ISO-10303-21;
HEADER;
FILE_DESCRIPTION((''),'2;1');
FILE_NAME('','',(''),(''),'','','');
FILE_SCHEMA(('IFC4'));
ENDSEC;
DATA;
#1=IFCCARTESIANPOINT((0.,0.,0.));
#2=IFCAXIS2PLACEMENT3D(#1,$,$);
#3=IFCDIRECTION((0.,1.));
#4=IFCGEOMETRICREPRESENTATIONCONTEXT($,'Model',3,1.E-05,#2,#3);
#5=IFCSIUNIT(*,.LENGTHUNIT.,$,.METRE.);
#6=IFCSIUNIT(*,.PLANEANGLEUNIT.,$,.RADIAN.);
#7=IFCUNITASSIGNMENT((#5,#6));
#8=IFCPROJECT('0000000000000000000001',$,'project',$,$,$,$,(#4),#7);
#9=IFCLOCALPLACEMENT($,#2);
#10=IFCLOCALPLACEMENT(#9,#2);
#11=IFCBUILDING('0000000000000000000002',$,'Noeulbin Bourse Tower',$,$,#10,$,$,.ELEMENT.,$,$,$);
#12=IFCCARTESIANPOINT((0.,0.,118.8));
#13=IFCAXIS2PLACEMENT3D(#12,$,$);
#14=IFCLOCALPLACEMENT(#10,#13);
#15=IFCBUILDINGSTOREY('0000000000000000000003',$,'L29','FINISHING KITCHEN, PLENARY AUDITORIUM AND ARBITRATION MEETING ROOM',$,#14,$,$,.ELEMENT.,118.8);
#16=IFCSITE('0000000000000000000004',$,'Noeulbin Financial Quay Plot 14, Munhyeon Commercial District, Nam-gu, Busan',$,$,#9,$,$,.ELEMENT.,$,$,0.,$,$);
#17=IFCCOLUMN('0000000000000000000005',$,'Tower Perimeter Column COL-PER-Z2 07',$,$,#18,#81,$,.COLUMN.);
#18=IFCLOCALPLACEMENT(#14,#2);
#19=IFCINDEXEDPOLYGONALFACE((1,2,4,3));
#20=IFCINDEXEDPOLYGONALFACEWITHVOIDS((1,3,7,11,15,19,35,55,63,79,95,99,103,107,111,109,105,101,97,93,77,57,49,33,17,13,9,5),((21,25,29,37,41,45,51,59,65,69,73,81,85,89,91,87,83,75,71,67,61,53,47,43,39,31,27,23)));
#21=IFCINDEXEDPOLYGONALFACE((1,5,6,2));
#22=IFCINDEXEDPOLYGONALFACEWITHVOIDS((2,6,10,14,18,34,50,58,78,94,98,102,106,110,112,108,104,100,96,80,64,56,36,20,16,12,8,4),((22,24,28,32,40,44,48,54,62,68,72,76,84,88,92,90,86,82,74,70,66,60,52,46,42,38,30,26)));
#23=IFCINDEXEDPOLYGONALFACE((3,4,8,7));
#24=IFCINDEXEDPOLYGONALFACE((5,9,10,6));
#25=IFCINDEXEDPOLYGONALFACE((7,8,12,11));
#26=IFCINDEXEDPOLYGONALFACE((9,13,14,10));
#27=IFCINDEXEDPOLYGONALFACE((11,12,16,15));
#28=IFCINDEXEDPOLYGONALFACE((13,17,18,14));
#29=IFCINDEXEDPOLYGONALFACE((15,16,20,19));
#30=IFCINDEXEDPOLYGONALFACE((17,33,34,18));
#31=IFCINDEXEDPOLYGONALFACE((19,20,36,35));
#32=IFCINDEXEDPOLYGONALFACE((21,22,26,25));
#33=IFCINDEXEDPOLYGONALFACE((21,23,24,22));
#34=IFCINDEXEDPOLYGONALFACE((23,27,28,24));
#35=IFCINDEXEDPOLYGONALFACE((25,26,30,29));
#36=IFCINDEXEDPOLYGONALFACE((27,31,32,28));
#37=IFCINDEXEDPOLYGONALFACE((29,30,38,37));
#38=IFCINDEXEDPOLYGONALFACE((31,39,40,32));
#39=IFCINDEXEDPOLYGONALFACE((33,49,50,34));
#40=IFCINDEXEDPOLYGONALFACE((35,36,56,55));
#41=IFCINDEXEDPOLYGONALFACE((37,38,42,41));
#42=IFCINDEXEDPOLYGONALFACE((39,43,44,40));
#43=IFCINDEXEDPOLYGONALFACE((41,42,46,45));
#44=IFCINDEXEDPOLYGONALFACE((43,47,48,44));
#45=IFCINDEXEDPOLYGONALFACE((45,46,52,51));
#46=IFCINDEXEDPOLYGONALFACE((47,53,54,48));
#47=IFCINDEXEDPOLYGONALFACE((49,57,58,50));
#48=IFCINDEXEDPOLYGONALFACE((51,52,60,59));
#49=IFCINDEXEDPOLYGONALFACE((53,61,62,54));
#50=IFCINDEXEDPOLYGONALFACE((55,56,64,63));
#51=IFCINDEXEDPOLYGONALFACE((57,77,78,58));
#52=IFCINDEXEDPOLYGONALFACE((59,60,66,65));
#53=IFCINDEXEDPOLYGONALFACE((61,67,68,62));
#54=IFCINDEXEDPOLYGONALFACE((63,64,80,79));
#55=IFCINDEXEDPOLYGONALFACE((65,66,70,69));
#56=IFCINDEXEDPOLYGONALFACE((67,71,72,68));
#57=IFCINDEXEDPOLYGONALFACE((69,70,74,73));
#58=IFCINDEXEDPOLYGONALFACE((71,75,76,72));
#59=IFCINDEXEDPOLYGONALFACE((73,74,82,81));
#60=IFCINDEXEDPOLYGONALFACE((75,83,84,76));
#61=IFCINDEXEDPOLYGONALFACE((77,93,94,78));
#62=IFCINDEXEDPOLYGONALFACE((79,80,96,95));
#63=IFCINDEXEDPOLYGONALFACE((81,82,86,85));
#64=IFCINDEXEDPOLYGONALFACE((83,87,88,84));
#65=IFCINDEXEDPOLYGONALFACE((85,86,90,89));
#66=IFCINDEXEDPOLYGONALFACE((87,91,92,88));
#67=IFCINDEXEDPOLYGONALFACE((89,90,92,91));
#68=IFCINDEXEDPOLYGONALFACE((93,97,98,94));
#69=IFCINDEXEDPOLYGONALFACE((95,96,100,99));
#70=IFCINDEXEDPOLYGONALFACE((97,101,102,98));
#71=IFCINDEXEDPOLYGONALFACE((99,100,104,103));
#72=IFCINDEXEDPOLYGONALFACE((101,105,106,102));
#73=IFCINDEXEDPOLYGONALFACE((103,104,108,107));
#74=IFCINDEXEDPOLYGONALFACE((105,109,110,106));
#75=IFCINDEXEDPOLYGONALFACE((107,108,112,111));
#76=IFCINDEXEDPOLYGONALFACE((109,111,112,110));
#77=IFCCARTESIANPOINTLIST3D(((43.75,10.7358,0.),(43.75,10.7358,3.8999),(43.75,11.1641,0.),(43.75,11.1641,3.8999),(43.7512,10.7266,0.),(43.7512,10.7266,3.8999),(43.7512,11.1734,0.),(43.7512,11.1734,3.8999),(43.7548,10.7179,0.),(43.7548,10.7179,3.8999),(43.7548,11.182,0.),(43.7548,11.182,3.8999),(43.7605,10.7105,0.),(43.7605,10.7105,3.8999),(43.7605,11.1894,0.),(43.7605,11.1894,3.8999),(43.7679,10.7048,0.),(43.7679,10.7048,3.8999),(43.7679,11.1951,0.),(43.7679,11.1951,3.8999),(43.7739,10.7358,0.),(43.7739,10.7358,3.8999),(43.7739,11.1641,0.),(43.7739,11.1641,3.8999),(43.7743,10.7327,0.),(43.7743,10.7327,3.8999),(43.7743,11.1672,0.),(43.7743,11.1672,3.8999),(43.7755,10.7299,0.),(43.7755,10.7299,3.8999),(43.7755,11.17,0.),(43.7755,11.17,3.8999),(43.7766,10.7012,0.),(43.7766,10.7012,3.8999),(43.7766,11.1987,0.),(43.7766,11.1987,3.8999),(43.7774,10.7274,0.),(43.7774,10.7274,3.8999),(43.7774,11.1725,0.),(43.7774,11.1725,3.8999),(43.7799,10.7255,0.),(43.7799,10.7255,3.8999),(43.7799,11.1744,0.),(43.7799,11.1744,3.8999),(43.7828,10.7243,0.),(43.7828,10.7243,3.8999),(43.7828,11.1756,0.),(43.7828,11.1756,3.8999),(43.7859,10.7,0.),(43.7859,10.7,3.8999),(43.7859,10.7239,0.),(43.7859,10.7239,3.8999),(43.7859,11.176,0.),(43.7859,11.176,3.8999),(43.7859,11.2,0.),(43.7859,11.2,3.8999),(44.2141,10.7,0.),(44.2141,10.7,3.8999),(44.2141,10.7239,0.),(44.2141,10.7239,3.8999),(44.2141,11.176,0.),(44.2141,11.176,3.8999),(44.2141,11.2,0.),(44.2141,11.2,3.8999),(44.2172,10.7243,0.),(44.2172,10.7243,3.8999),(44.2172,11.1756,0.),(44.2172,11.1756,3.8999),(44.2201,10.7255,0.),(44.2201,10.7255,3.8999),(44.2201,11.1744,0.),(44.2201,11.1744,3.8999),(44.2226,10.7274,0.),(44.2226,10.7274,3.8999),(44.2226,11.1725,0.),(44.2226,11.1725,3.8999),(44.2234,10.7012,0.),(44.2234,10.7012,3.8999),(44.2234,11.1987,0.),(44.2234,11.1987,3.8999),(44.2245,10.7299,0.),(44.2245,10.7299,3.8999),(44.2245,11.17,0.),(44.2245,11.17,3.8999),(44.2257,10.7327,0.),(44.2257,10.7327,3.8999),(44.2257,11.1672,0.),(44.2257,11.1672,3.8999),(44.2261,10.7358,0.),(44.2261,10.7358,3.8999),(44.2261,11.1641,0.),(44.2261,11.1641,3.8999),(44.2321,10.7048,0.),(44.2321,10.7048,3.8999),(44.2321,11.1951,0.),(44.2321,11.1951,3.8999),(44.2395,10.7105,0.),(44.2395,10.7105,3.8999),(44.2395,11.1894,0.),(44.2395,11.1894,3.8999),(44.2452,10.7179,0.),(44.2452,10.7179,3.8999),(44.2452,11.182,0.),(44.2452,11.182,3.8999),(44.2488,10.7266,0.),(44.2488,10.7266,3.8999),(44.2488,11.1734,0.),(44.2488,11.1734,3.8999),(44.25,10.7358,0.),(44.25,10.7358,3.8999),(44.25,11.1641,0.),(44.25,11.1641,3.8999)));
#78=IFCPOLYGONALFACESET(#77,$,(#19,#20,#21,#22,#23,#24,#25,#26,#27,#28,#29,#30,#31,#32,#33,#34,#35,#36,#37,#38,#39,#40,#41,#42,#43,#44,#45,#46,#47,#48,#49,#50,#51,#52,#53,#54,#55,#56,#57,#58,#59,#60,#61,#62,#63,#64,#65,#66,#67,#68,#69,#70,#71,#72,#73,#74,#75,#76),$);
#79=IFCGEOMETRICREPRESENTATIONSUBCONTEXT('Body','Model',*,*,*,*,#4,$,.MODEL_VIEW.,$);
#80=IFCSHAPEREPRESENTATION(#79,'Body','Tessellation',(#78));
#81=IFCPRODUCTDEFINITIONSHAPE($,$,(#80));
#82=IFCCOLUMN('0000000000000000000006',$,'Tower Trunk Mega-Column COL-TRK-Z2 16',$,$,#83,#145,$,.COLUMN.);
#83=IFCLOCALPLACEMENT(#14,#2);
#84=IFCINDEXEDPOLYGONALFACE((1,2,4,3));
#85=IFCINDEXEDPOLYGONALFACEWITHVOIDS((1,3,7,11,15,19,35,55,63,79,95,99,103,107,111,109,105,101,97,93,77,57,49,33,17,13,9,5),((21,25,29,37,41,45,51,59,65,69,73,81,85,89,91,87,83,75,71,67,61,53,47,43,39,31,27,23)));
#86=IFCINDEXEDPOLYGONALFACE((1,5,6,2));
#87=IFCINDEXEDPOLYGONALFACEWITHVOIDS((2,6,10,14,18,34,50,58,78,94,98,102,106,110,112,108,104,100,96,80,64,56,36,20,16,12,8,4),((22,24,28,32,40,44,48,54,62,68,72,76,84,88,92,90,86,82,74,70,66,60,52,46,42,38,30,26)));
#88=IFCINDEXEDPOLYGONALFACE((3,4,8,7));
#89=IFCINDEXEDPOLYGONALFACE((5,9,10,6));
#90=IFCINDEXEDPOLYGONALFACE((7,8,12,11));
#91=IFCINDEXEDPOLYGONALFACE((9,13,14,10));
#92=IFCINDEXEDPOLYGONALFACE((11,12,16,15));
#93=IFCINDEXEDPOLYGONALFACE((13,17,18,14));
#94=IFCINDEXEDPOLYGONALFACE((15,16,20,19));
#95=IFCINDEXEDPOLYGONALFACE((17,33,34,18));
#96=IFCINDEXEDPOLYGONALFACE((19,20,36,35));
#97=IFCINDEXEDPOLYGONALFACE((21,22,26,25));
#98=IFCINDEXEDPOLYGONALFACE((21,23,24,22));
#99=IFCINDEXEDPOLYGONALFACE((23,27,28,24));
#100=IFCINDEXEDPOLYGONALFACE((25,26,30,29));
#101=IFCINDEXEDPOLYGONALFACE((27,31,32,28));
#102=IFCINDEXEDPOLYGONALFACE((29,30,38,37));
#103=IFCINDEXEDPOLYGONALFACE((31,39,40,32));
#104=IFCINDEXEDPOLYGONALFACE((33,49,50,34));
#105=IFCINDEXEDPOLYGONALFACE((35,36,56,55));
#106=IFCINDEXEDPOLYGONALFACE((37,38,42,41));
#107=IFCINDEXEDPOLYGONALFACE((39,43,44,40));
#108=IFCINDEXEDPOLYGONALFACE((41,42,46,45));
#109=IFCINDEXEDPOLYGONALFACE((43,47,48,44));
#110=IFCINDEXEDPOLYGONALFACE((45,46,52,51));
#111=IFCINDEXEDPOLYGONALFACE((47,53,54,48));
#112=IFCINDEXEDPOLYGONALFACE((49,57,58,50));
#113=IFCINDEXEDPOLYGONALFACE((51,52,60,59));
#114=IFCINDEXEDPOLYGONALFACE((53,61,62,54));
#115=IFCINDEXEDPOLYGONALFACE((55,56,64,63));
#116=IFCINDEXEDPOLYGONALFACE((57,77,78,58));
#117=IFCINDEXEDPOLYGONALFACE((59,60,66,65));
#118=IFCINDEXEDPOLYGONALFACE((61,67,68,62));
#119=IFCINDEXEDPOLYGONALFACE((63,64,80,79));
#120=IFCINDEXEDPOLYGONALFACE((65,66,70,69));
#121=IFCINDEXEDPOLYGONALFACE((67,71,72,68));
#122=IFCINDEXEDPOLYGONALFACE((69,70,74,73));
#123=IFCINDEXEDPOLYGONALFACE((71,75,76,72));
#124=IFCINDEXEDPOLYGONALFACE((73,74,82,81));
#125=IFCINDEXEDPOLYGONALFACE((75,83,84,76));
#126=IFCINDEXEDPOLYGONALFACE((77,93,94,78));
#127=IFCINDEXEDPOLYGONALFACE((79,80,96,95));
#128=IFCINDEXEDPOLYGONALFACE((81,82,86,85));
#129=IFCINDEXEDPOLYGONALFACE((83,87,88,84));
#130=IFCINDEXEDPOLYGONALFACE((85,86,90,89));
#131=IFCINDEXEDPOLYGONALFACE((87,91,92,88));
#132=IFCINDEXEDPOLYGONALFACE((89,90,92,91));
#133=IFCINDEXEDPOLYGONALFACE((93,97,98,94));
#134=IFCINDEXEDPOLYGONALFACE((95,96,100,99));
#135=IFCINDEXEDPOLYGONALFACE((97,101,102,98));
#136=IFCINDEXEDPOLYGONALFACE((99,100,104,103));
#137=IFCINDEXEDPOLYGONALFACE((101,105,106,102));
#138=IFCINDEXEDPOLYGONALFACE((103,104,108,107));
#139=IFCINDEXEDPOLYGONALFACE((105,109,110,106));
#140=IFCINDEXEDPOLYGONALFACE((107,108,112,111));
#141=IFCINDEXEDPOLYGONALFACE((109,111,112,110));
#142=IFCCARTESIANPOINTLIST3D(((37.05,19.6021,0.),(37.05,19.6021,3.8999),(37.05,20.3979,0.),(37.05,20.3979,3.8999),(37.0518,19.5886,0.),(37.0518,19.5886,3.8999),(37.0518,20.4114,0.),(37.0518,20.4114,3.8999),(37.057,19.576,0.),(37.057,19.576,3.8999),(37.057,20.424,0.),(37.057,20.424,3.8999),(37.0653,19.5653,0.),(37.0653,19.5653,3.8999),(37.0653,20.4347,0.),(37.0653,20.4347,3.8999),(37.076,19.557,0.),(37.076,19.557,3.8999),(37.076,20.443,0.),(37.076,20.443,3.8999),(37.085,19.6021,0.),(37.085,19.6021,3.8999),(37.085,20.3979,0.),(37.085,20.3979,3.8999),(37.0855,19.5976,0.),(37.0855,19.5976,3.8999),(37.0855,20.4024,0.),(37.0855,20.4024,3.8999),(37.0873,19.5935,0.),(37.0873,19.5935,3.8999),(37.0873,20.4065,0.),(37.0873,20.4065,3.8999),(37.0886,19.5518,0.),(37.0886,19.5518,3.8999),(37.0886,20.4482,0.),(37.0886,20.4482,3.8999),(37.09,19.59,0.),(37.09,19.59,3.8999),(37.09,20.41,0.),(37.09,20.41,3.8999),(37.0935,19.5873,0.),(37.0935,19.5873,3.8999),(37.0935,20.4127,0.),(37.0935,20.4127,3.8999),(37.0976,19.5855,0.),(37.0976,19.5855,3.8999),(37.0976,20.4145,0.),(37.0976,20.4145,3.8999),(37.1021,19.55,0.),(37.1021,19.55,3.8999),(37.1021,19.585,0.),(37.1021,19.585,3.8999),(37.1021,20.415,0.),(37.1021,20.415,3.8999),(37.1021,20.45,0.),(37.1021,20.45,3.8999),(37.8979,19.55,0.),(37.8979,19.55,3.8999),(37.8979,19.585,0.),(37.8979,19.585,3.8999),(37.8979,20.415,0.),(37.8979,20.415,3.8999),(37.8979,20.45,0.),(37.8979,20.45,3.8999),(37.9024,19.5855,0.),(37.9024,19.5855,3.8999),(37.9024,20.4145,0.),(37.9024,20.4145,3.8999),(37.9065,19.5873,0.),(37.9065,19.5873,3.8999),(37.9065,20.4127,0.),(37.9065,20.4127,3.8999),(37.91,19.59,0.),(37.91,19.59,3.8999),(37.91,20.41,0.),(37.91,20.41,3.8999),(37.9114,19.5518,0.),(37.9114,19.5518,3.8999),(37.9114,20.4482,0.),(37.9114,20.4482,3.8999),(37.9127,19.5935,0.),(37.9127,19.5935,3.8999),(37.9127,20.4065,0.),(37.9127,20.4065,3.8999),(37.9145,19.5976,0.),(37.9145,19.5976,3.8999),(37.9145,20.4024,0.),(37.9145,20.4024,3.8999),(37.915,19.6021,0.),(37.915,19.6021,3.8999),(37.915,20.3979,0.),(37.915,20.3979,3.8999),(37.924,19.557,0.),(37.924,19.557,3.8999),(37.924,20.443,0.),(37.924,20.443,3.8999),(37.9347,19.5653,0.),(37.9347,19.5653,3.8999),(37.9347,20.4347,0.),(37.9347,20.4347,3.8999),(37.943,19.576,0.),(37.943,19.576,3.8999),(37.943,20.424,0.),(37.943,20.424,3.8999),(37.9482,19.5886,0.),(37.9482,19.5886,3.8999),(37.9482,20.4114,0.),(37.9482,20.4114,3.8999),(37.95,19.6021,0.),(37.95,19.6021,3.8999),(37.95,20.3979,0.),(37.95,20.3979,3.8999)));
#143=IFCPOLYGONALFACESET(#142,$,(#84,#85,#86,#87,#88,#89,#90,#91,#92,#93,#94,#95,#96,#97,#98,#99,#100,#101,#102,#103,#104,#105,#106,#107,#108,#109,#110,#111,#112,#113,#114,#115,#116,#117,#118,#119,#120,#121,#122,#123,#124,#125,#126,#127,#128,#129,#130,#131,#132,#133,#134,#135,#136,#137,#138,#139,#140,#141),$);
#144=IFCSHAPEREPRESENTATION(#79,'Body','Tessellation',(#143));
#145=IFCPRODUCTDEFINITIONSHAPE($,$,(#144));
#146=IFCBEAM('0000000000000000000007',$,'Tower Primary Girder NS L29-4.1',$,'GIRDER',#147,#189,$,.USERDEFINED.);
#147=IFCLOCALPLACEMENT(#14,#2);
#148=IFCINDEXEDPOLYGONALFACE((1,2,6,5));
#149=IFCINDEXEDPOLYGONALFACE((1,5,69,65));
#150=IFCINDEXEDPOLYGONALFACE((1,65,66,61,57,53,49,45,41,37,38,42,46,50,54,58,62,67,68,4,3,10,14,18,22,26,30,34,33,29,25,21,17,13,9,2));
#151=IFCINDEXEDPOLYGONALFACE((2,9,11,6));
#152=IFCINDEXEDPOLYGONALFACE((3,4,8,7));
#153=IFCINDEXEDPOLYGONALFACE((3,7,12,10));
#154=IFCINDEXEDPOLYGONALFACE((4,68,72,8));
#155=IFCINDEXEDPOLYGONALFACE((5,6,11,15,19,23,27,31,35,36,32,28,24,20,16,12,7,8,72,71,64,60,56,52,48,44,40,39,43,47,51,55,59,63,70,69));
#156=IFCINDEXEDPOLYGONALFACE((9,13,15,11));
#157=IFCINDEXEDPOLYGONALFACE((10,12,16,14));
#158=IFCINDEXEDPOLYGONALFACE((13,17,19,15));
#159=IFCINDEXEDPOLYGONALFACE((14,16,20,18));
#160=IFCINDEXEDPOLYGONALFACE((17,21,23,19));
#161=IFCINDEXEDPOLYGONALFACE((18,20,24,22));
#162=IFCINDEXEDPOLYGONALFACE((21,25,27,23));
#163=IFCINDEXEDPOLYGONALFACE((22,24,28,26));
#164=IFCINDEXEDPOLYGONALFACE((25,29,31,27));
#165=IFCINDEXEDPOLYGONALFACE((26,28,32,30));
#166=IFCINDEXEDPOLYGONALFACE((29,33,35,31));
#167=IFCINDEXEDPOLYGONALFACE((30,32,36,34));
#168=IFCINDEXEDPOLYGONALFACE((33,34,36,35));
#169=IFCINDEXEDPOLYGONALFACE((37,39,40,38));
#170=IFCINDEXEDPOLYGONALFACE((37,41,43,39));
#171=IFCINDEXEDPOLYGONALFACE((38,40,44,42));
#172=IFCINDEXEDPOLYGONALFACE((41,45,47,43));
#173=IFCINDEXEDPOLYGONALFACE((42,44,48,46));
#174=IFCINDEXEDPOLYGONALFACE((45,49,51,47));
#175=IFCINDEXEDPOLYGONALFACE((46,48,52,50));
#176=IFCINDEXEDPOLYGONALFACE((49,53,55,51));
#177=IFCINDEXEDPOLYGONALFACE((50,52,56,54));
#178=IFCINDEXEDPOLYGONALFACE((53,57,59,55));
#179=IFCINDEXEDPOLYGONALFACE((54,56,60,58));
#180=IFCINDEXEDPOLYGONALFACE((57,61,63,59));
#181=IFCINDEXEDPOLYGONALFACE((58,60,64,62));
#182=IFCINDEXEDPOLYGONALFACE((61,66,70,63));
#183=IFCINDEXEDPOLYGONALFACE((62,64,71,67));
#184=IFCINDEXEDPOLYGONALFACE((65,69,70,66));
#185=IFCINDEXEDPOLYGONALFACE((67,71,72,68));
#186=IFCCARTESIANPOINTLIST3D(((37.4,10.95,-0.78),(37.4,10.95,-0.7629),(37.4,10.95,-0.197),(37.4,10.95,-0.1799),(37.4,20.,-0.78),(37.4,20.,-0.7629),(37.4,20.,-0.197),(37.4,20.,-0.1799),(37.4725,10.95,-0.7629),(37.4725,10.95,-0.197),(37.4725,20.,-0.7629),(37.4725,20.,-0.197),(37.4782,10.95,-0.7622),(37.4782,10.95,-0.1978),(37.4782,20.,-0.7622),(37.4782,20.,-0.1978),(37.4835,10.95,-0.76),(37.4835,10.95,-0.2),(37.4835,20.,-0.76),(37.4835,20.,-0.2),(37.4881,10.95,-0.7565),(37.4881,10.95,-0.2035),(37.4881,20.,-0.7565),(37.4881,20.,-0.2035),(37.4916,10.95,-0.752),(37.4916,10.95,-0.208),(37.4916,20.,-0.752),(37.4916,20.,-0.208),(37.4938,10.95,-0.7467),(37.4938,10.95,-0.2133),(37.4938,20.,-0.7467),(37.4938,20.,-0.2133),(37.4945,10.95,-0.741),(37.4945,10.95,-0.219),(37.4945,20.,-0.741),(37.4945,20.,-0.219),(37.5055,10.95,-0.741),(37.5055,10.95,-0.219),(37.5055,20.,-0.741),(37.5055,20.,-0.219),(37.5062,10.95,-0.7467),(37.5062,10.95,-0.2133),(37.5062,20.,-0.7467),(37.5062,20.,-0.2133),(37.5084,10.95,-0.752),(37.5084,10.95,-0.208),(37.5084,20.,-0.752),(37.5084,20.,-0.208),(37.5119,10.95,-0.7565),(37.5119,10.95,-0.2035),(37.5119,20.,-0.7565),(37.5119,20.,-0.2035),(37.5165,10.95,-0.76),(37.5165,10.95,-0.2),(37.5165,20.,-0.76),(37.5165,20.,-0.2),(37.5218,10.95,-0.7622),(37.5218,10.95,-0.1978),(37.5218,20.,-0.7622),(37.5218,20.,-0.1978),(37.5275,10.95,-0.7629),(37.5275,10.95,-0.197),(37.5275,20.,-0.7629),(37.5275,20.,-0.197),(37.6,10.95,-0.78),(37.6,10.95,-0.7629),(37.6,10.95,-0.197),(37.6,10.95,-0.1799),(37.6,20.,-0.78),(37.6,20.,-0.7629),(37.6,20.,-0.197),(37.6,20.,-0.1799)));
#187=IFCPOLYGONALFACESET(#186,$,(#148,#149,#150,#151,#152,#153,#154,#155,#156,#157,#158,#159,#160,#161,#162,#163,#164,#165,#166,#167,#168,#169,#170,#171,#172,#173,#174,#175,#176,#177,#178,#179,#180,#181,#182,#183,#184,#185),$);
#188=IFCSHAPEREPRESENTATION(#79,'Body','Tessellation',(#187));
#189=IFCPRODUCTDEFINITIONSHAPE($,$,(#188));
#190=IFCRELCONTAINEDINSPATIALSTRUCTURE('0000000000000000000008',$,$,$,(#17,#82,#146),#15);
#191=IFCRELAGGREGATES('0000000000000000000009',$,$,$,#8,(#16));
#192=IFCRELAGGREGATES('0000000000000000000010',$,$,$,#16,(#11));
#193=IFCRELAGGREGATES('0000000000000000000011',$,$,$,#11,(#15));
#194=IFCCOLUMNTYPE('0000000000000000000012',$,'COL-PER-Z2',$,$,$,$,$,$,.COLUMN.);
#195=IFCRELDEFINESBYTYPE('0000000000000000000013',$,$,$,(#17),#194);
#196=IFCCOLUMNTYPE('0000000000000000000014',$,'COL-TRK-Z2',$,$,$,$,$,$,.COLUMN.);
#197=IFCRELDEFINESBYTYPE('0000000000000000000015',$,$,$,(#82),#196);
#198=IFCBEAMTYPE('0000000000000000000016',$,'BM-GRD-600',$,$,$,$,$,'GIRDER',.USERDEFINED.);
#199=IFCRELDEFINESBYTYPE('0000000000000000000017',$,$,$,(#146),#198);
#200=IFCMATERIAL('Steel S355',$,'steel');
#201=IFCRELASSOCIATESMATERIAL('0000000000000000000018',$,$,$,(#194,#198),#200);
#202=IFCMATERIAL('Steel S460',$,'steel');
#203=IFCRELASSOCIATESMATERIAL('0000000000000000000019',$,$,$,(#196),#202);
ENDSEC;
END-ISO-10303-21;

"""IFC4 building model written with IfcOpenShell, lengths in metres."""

from ifc_helpers import new_model, si_unit, direction, frame, origin, origin_2d, place, context, subcontext, project, spatial, hollow_rectangle, i_section, extrude, material, material_profile, profile_set, type_object, element, save


model = new_model("IFC4")

# Units and contexts
model_context = context("Model", 3, precision=1e-05, world=origin(), true_north=direction((0.0, 1.0)))
body_context = subcontext(model_context, "Body", "Model", "MODEL_VIEW")
ifc_project = project(units=[si_unit("LENGTHUNIT", "METRE"), si_unit("PLANEANGLEUNIT", "RADIAN")], contexts=[model_context])

# Site, building, storey
site_placement = place(None, origin())
site = spatial("IfcSite", under=ifc_project, at=site_placement, Name="Noeulbin Financial Quay Plot 14, Munhyeon Commercial District, Nam-gu, Busan", CompositionType="ELEMENT", RefElevation=0.0)
building_placement = place(site_placement, origin())
building = spatial("IfcBuilding", under=site, at=building_placement, Name="Noeulbin Bourse Tower", CompositionType="ELEMENT")
storey_placement = place(building_placement, frame((0.0, 0.0, 118.8)))
storey = spatial("IfcBuildingStorey", under=building, at=storey_placement, Name="L29", Description="FINISHING KITCHEN, PLENARY AUDITORIUM AND ARBITRATION MEETING ROOM", CompositionType="ELEMENT", Elevation=118.8)

# Columns
ifc_material_1 = material(Name="Steel S355", Category="steel")
ifc_material_profile_1 = material_profile(ifc_material_1, hollow_rectangle(XDim=0.5, YDim=0.5, WallThickness=0.0239, InnerFilletRadius=0.012, OuterFilletRadius=0.0359, at=origin_2d()), Name="BOX-500x500x24", Category="LoadBearing")
ifc_profile_set_1 = profile_set([ifc_material_profile_1], Name="Steel S355")
column_type_1 = type_object("IfcColumnType", Name="COL-PER-Z2", PredefinedType="COLUMN", material=ifc_profile_set_1)
column_1_placement = place(storey_placement, frame((44.0, 10.95, 0.0), z_axis=(0.0, 0.0, 1.0), x_axis=(1.0, 0.0, 0.0)))
element("IfcColumn", 1, at=column_1_placement, inside=storey, type_object=column_type_1, Name="Tower Perimeter Column COL-PER-Z2 07", PredefinedType="COLUMN", context=body_context, shape_type="SweptSolid", body=[
    extrude(hollow_rectangle(XDim=0.5, YDim=0.5, WallThickness=0.0239, InnerFilletRadius=0.012, OuterFilletRadius=0.0359, at=origin_2d()), origin(), (0.0, 0.0, 1.0), 3.8999),
])
ifc_material_2 = material(Name="Steel S460", Category="steel")
ifc_material_profile_2 = material_profile(ifc_material_2, hollow_rectangle(XDim=0.8999, YDim=0.8999, WallThickness=0.0349, InnerFilletRadius=0.0171, OuterFilletRadius=0.052, at=origin_2d()), Name="BOX-900x900x35", Category="LoadBearing")
ifc_profile_set_2 = profile_set([ifc_material_profile_2], Name="Steel S460")
column_type_2 = type_object("IfcColumnType", Name="COL-TRK-Z2", PredefinedType="COLUMN", material=ifc_profile_set_2)
column_2_placement = place(storey_placement, frame((37.5, 20.0, 0.0), z_axis=(0.0, 0.0, 1.0), x_axis=(1.0, 0.0, 0.0)))
element("IfcColumn", 2, at=column_2_placement, inside=storey, type_object=column_type_2, Name="Tower Trunk Mega-Column COL-TRK-Z2 16", PredefinedType="COLUMN", context=body_context, shape_type="SweptSolid", body=[
    extrude(hollow_rectangle(XDim=0.8999, YDim=0.8999, WallThickness=0.0349, InnerFilletRadius=0.0171, OuterFilletRadius=0.052, at=origin_2d()), origin(), (0.0, 0.0, 1.0), 3.8999),
])

# Beam
ifc_material_profile_3 = material_profile(ifc_material_1, i_section(OverallWidth=0.2, OverallDepth=0.6001, WebThickness=0.011, FlangeThickness=0.0171, FilletRadius=0.022, at=origin_2d()), Name="H-600x200x11x17", Category="LoadBearing")
ifc_profile_set_3 = profile_set([ifc_material_profile_3], Name="Steel S355")
beam_type_1 = type_object("IfcBeamType", Name="BM-GRD-600", ElementType="GIRDER", PredefinedType="USERDEFINED", material=ifc_profile_set_3)
beam_1_placement = place(storey_placement, frame((37.5, 10.95, -0.48), z_axis=(0.0, 1.0, 0.0), x_axis=(-1.0, 0.0, 0.0)))
element("IfcBeam", 3, at=beam_1_placement, inside=storey, type_object=beam_type_1, Name="Tower Primary Girder NS L29-4.1", ObjectType="GIRDER", PredefinedType="USERDEFINED", context=body_context, shape_type="SweptSolid", body=[
    extrude(i_section(OverallWidth=0.2, OverallDepth=0.6001, WebThickness=0.011, FlangeThickness=0.0171, FilletRadius=0.022, at=origin_2d()), origin(), (0.0, 0.0, 1.0), 9.05),
])

save(model, "model.ifc")
